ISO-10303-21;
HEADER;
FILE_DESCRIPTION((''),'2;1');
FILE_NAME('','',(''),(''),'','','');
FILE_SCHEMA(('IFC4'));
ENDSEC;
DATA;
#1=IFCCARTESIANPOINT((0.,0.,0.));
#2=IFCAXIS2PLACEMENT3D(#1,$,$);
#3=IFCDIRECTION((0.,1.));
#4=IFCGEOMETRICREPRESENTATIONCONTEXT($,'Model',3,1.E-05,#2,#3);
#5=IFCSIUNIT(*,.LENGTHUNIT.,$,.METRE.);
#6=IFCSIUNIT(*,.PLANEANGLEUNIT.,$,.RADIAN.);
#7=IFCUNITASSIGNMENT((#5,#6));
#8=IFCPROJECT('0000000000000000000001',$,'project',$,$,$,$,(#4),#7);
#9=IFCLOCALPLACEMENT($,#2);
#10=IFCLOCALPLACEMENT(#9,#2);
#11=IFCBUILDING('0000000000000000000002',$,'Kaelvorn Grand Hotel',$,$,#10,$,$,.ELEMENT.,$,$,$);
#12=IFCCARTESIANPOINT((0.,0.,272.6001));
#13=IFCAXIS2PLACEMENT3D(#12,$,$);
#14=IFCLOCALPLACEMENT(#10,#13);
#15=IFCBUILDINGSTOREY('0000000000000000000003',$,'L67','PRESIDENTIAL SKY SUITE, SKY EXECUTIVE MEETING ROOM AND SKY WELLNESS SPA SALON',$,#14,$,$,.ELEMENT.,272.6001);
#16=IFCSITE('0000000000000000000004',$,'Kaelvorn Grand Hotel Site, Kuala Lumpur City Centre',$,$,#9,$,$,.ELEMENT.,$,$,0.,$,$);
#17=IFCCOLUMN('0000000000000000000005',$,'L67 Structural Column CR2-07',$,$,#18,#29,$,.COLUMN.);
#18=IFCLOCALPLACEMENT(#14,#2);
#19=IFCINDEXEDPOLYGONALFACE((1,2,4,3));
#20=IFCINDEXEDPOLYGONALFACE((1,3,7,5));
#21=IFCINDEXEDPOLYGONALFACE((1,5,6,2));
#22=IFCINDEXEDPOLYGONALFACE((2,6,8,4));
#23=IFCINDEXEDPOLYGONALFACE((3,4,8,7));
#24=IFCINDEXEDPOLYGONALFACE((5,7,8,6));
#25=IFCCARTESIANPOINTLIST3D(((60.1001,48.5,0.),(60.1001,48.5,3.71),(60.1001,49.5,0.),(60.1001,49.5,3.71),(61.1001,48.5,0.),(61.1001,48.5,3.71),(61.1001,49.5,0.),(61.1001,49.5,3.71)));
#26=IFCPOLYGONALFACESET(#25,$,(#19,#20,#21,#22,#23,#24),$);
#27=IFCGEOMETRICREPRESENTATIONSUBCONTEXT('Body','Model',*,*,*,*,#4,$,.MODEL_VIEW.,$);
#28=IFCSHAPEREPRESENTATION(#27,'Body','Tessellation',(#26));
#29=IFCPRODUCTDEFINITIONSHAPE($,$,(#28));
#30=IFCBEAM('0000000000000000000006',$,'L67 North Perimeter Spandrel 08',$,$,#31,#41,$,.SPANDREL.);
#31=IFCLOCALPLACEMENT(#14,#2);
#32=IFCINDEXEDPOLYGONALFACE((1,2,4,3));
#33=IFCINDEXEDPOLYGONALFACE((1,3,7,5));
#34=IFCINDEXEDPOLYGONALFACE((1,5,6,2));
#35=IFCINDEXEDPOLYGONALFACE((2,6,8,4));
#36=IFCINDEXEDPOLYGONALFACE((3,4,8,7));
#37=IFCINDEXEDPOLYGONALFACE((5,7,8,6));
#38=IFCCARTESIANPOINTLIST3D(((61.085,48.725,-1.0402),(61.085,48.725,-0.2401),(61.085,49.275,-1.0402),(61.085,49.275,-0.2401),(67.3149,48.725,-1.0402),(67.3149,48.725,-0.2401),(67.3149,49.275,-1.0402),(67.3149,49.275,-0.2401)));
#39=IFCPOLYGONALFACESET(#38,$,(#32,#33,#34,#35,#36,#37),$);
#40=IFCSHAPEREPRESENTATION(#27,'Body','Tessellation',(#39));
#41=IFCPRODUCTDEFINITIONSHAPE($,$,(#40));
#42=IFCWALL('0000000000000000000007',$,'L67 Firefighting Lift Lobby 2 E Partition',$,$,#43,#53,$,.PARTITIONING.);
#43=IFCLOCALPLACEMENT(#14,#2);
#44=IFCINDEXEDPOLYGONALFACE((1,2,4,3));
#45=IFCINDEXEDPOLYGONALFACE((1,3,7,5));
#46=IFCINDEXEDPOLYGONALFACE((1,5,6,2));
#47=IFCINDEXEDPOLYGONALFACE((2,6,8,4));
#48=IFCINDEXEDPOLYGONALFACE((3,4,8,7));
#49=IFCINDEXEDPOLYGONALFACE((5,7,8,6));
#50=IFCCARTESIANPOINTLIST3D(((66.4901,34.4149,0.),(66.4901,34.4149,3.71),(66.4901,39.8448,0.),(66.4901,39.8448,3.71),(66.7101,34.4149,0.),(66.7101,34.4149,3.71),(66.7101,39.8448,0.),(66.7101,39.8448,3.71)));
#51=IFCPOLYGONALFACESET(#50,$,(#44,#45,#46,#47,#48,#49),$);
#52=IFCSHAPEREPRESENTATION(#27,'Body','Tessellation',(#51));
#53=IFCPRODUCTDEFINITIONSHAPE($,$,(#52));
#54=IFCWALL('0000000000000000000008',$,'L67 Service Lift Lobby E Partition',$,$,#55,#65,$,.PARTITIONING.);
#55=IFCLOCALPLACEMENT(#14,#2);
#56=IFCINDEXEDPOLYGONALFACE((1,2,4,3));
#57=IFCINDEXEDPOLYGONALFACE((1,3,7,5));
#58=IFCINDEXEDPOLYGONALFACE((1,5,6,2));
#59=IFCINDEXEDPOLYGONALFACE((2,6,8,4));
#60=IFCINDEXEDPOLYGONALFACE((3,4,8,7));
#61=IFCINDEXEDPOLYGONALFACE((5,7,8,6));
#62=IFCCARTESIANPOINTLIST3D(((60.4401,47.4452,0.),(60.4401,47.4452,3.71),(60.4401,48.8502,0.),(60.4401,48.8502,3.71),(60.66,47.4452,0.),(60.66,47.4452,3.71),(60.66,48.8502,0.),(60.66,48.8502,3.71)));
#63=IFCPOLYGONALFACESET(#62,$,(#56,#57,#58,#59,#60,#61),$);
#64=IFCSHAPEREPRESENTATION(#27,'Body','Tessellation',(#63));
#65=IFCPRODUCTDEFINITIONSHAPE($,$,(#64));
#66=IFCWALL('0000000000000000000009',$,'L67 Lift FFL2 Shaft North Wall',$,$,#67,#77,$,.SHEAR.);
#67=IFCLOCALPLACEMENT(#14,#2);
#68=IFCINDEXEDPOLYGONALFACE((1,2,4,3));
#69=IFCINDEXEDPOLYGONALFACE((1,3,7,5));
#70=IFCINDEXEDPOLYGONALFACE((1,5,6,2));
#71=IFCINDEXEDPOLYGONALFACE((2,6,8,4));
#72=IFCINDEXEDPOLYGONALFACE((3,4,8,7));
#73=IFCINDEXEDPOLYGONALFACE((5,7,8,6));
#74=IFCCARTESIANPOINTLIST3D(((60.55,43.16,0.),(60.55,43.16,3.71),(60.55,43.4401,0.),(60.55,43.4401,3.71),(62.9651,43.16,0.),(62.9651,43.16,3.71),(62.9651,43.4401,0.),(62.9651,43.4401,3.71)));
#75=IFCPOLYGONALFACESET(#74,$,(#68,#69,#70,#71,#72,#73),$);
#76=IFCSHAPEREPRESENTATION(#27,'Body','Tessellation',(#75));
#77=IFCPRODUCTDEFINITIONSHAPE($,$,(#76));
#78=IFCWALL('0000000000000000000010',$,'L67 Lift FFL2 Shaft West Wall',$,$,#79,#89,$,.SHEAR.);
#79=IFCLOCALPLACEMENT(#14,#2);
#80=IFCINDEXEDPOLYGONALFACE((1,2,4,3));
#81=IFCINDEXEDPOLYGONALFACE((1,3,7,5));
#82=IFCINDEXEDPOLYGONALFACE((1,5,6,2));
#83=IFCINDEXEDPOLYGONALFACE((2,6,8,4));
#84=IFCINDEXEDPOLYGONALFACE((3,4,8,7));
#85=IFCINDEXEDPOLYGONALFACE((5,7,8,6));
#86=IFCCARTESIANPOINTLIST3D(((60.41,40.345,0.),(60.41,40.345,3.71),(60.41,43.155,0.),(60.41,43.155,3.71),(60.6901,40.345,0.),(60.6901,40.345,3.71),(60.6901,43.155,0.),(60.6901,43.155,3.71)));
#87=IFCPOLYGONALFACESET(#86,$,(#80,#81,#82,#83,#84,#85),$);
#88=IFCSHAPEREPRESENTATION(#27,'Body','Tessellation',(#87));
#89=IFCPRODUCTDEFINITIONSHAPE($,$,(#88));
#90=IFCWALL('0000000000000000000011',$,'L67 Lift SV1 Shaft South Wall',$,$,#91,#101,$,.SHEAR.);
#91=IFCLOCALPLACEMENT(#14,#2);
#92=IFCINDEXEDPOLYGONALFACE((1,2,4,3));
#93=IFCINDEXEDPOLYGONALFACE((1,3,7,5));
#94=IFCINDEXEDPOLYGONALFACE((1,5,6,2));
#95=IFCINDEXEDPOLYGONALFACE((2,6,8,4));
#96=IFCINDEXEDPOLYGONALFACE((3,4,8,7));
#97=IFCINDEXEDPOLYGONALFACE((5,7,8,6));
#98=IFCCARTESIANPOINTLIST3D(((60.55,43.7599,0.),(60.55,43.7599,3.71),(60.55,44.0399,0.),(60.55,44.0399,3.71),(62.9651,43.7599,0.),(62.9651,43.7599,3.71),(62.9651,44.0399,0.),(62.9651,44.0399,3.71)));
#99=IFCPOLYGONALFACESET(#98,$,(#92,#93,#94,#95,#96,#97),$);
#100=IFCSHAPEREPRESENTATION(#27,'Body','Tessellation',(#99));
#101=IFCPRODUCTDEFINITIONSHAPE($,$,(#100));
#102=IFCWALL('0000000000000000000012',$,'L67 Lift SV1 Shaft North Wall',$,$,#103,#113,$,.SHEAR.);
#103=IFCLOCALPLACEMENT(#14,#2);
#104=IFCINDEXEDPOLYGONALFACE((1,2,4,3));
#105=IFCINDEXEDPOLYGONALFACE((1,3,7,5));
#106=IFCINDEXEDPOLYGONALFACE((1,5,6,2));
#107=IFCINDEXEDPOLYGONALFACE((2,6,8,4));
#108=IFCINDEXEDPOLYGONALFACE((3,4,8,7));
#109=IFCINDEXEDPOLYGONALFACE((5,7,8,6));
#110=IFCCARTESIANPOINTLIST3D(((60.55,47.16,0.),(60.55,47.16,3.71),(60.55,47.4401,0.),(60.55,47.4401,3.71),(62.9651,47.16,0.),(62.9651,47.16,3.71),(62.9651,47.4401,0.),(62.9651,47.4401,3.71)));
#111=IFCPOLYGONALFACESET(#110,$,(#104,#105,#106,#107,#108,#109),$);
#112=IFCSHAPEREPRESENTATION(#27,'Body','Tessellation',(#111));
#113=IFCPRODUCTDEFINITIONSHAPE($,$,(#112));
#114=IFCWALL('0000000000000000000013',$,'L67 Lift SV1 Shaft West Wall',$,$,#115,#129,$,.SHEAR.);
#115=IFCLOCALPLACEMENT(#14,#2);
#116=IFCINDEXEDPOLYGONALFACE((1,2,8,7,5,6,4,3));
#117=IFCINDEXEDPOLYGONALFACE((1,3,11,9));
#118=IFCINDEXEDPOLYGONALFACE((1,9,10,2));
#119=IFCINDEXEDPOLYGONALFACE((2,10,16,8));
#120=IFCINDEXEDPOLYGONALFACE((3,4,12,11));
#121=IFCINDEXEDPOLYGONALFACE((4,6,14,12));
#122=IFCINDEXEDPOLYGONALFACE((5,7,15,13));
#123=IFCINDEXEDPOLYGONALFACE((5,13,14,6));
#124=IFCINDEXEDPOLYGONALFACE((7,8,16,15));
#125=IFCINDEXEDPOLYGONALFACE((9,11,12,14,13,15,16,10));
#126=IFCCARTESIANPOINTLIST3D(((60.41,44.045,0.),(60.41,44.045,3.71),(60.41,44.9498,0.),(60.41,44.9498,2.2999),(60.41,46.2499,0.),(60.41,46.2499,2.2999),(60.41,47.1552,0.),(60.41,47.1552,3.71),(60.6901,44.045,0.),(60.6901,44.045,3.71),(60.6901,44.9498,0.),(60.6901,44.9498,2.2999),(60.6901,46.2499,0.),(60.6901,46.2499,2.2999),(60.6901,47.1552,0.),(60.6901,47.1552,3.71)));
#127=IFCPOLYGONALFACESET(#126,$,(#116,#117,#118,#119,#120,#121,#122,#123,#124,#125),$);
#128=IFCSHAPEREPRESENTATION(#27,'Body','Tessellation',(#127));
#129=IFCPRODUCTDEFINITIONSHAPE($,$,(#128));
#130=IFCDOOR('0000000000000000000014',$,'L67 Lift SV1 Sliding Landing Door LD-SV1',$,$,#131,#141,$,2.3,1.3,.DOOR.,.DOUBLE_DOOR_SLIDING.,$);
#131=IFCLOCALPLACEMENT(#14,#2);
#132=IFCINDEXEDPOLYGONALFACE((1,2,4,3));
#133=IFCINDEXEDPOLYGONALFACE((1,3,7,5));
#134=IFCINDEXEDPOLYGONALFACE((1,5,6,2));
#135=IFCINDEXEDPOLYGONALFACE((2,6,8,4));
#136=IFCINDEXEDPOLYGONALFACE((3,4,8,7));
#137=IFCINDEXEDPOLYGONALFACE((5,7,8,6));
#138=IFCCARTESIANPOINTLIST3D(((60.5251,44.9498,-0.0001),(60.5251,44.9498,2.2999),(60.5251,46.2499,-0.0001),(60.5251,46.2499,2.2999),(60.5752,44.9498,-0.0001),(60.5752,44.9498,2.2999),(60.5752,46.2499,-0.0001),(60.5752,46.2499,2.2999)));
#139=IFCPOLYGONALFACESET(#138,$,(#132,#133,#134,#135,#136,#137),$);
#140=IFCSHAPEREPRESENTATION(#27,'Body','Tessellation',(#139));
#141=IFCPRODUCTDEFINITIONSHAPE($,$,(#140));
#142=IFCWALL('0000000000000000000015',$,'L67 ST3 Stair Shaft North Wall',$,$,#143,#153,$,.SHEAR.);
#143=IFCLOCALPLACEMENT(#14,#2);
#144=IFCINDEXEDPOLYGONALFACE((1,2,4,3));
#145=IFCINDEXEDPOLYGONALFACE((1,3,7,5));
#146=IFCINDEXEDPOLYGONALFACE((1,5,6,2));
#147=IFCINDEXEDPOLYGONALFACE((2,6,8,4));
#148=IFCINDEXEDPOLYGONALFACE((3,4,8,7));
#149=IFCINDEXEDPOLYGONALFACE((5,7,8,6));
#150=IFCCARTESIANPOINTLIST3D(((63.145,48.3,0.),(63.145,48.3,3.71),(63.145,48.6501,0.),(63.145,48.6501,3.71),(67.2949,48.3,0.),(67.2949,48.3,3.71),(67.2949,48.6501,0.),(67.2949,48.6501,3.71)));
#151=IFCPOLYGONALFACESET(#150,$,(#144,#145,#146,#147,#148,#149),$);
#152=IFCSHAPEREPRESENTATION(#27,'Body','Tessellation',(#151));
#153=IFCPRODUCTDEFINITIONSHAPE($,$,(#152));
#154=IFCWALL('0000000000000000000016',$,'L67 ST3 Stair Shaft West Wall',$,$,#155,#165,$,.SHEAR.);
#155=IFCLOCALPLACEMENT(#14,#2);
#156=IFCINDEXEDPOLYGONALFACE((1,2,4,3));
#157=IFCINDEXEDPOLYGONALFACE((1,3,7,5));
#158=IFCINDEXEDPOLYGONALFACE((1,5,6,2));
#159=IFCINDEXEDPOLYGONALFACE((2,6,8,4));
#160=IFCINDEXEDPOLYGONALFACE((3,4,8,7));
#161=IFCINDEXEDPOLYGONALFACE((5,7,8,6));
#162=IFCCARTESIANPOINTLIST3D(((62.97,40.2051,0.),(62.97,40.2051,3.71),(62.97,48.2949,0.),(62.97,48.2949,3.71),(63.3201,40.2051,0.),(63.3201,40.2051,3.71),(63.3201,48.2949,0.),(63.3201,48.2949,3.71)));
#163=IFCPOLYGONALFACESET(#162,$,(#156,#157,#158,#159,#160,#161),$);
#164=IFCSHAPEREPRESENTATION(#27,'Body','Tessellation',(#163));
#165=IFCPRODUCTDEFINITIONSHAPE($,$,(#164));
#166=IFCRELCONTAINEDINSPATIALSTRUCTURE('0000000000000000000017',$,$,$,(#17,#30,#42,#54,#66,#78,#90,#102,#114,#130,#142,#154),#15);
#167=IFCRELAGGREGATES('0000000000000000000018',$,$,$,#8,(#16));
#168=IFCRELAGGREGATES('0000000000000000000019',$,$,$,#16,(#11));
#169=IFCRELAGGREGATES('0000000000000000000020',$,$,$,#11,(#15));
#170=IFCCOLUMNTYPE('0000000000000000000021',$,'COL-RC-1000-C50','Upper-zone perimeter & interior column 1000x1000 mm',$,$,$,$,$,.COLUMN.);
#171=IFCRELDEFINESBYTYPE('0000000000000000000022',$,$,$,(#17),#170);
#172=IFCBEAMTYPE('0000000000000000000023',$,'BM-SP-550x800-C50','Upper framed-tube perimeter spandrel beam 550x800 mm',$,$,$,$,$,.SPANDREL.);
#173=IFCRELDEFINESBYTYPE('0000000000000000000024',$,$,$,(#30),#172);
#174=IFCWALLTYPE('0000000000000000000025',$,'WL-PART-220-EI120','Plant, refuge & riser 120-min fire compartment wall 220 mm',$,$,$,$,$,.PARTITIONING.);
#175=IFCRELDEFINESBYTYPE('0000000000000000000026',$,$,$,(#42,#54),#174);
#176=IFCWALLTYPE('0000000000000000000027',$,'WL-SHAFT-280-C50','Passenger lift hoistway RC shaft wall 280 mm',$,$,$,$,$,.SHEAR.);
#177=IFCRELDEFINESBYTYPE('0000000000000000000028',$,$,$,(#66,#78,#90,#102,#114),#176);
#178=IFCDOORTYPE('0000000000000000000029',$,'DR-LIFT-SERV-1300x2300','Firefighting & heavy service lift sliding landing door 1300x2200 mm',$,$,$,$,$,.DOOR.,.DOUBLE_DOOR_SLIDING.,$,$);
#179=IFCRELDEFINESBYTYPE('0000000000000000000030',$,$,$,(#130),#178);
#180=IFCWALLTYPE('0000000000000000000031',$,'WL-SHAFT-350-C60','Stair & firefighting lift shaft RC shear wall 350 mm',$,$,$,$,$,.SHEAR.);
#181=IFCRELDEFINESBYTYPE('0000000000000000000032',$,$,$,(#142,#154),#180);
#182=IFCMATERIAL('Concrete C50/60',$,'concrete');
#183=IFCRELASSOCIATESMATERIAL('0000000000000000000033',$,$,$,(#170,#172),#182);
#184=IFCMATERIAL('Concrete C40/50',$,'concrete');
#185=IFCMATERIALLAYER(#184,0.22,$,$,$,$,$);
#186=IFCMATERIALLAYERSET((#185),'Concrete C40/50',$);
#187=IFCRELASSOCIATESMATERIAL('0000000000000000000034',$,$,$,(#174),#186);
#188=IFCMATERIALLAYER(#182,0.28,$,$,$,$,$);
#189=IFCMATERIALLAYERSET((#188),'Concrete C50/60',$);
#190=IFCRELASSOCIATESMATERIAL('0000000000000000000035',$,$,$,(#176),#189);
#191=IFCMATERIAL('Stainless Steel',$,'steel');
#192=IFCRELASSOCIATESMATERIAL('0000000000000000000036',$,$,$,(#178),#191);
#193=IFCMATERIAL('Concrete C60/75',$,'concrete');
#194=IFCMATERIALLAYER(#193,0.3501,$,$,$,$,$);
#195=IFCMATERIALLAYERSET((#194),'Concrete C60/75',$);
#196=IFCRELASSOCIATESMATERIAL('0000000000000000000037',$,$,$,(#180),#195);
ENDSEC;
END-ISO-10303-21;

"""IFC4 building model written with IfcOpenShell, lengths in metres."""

from ifc_helpers import new_model, si_unit, direction, frame, frame_2d, origin, origin_2d, place, context, subcontext, project, spatial, rectangle, extrude, material, layer, layer_set, material_profile, profile_set, type_object, element, fill, save


model = new_model("IFC4")

# Units and contexts
model_context = context("Model", 3, precision=1e-05, world=origin(), true_north=direction((0.0, 1.0)))
body_context = subcontext(model_context, "Body", "Model", "MODEL_VIEW")
ifc_project = project(units=[si_unit("LENGTHUNIT", "METRE"), si_unit("PLANEANGLEUNIT", "RADIAN")], contexts=[model_context])

# Site, building, storey
site_placement = place(None, origin())
site = spatial("IfcSite", under=ifc_project, at=site_placement, Name="Kaelvorn Grand Hotel Site, Kuala Lumpur City Centre", CompositionType="ELEMENT", RefElevation=0.0)
building_placement = place(site_placement, origin())
building = spatial("IfcBuilding", under=site, at=building_placement, Name="Kaelvorn Grand Hotel", CompositionType="ELEMENT")
storey_placement = place(building_placement, frame((0.0, 0.0, 272.6001)))
storey = spatial("IfcBuildingStorey", under=building, at=storey_placement, Name="L67", Description="PRESIDENTIAL SKY SUITE, SKY EXECUTIVE MEETING ROOM AND SKY WELLNESS SPA SALON", CompositionType="ELEMENT", Elevation=272.6001)

# Column
ifc_material_1 = material(Name="Concrete C50/60", Category="concrete")
ifc_material_profile_1 = material_profile(ifc_material_1, rectangle(XDim=1.0, YDim=1.0, at=origin_2d()), Name="RC COL 1000x1000")
ifc_profile_set_1 = profile_set([ifc_material_profile_1], Name="Concrete C50/60")
column_type = type_object("IfcColumnType", Name="COL-RC-1000-C50", Description="Upper-zone perimeter & interior column 1000x1000 mm", PredefinedType="COLUMN", material=ifc_profile_set_1)
column_placement = place(storey_placement, frame((60.6001, 49.0, 0.0), z_axis=(0.0, 0.0, 1.0), x_axis=(1.0, 0.0, 0.0)))
element("IfcColumn", 1, at=column_placement, inside=storey, type_object=column_type, Name="L67 Structural Column CR2-07", PredefinedType="COLUMN", context=body_context, shape_type="SweptSolid", body=[
    extrude(rectangle(XDim=1.0, YDim=1.0, at=origin_2d()), origin(), (0.0, 0.0, 1.0), 3.71),
])

# Beam
ifc_material_profile_2 = material_profile(ifc_material_1, rectangle(XDim=0.55, YDim=0.8, at=origin_2d()), Name="RC SPANDREL 550x800")
ifc_profile_set_2 = profile_set([ifc_material_profile_2], Name="Concrete C50/60")
beam_type = type_object("IfcBeamType", Name="BM-SP-550x800-C50", Description="Upper framed-tube perimeter spandrel beam 550x800 mm", PredefinedType="SPANDREL", material=ifc_profile_set_2)
beam_placement = place(storey_placement, frame((61.085, 49.0, -0.6401), z_axis=(1.0, 0.0, 0.0), x_axis=(0.0, 1.0, 0.0)))
element("IfcBeam", 2, at=beam_placement, inside=storey, type_object=beam_type, Name="L67 North Perimeter Spandrel 08", PredefinedType="SPANDREL", context=body_context, shape_type="SweptSolid", body=[
    extrude(rectangle(XDim=0.55, YDim=0.8, at=origin_2d()), origin(), (0.0, 0.0, 1.0), 6.23),
])

# Walls
ifc_material_2 = material(Name="Concrete C40/50", Category="concrete")
ifc_layer_1 = layer(ifc_material_2, 0.22)
ifc_layer_set_1 = layer_set([ifc_layer_1], Name="Concrete C40/50")
wall_type_1 = type_object("IfcWallType", Name="WL-PART-220-EI120", Description="Plant, refuge & riser 120-min fire compartment wall 220 mm", PredefinedType="PARTITIONING", material=ifc_layer_set_1)
wall_1_placement = place(storey_placement, frame((66.6001, 34.415, 0.0), z_axis=(0.0, 0.0, 1.0), x_axis=(0.0, 1.0, 0.0)))
element("IfcWall", 3, at=wall_1_placement, inside=storey, type_object=wall_type_1, Name="L67 Firefighting Lift Lobby 2 E Partition", PredefinedType="PARTITIONING", context=body_context, shape_type="SweptSolid", body=[
    extrude(rectangle(XDim=5.4299, YDim=0.22, at=frame_2d((2.7148, 0.0))), origin(), (0.0, 0.0, 1.0), 3.71),
])
wall_2_placement = place(storey_placement, frame((60.55, 47.4451, 0.0), z_axis=(0.0, 0.0, 1.0), x_axis=(0.0, 1.0, 0.0)))
element("IfcWall", 4, at=wall_2_placement, inside=storey, type_object=wall_type_1, Name="L67 Service Lift Lobby E Partition", PredefinedType="PARTITIONING", context=body_context, shape_type="SweptSolid", body=[
    extrude(rectangle(XDim=1.405, YDim=0.22, at=frame_2d((0.7026, 0.0))), origin(), (0.0, 0.0, 1.0), 3.71),
])
ifc_layer_2 = layer(ifc_material_1, 0.28)
ifc_layer_set_2 = layer_set([ifc_layer_2], Name="Concrete C50/60")
wall_type_2 = type_object("IfcWallType", Name="WL-SHAFT-280-C50", Description="Passenger lift hoistway RC shaft wall 280 mm", PredefinedType="SHEAR", material=ifc_layer_set_2)
wall_3_placement = place(storey_placement, frame((60.55, 43.3, 0.0), z_axis=(0.0, 0.0, 1.0), x_axis=(1.0, 0.0, 0.0)))
element("IfcWall", 5, at=wall_3_placement, inside=storey, type_object=wall_type_2, Name="L67 Lift FFL2 Shaft North Wall", PredefinedType="SHEAR", context=body_context, shape_type="SweptSolid", body=[
    extrude(rectangle(XDim=2.415, YDim=0.28, at=frame_2d((1.2075, 0.0))), origin(), (0.0, 0.0, 1.0), 3.71),
])
wall_4_placement = place(storey_placement, frame((60.55, 40.345, 0.0), z_axis=(0.0, 0.0, 1.0), x_axis=(0.0, 1.0, 0.0)))
element("IfcWall", 6, at=wall_4_placement, inside=storey, type_object=wall_type_2, Name="L67 Lift FFL2 Shaft West Wall", PredefinedType="SHEAR", context=body_context, shape_type="SweptSolid", body=[
    extrude(rectangle(XDim=2.8101, YDim=0.28, at=frame_2d((1.405, 0.0))), origin(), (0.0, 0.0, 1.0), 3.71),
])
for number, where, z_axis, x_axis, name in (
    (7, (60.55, 43.8999, 0.0), (0.0, 0.0, 1.0), (1.0, 0.0, 0.0), "L67 Lift SV1 Shaft South Wall"),
    (8, (60.55, 47.3, 0.0), (0.0, 0.0, 1.0), (1.0, 0.0, 0.0), "L67 Lift SV1 Shaft North Wall"),
):
    element("IfcWall", number, at=place(storey_placement, frame(where, z_axis=z_axis, x_axis=x_axis)), inside=storey, type_object=wall_type_2, Name=name, PredefinedType="SHEAR", context=body_context, shape_type="SweptSolid", body=[
        extrude(rectangle(XDim=2.415, YDim=0.28, at=frame_2d((1.2075, 0.0))), origin(), (0.0, 0.0, 1.0), 3.71),
    ])

# Wall, opening, door
wall_5_placement = place(storey_placement, frame((60.55, 44.0449, 0.0), z_axis=(0.0, 0.0, 1.0), x_axis=(0.0, 1.0, 0.0)))
wall_5 = element("IfcWall", 9, at=wall_5_placement, inside=storey, type_object=wall_type_2, Name="L67 Lift SV1 Shaft West Wall", PredefinedType="SHEAR", context=body_context, shape_type="SweptSolid", body=[
    extrude(rectangle(XDim=3.1101, YDim=0.28, at=frame_2d((1.5552, 0.0))), origin(), (0.0, 0.0, 1.0), 3.71),
])
opening_1_placement = place(wall_5_placement, frame((0.905, 0.0, 0.0)))
opening_1 = element("IfcOpeningElement", 10, at=opening_1_placement, cuts=wall_5, PredefinedType="OPENING", context=body_context, shape_type="SweptSolid", body=[
    extrude(rectangle(XDim=1.3, YDim=2.3, at=frame_2d((0.6499, 1.1499))), frame((0.0, 0.1499, 0.0), z_axis=(0.0, -1.0, 0.0), x_axis=(1.0, 0.0, 0.0)), (0.0, 0.0, 1.0), 0.3),
])
ifc_material_3 = material(Name="Stainless Steel", Category="steel")
door_type_1 = type_object("IfcDoorType", Name="DR-LIFT-SERV-1300x2300", Description="Firefighting & heavy service lift sliding landing door 1300x2200 mm", OperationType="DOUBLE_DOOR_SLIDING", PredefinedType="DOOR", material=ifc_material_3)
door_1_placement = place(opening_1_placement, origin())
door_1 = element("IfcDoor", 11, at=door_1_placement, inside=storey, type_object=door_type_1, Name="L67 Lift SV1 Sliding Landing Door LD-SV1", OperationType="DOUBLE_DOOR_SLIDING", OverallHeight=2.3, OverallWidth=1.3, PredefinedType="DOOR", context=body_context, shape_type="SweptSolid", body=[
    extrude(rectangle(XDim=1.3, YDim=2.3, at=frame_2d((0.6499, 1.1499))), frame((0.0, 0.0249, 0.0), z_axis=(0.0, -1.0, 0.0), x_axis=(1.0, 0.0, 0.0)), (0.0, 0.0, 1.0), 0.05),
])
fill(opening_1, door_1)
ifc_material_4 = material(Name="Concrete C60/75", Category="concrete")
ifc_layer_3 = layer(ifc_material_4, 0.3501)
ifc_layer_set_3 = layer_set([ifc_layer_3], Name="Concrete C60/75")
wall_type_3 = type_object("IfcWallType", Name="WL-SHAFT-350-C60", Description="Stair & firefighting lift shaft RC shear wall 350 mm", PredefinedType="SHEAR", material=ifc_layer_set_3)

# Walls
wall_6_placement = place(storey_placement, frame((63.145, 48.4751, 0.0), z_axis=(0.0, 0.0, 1.0), x_axis=(1.0, 0.0, 0.0)))
element("IfcWall", 12, at=wall_6_placement, inside=storey, type_object=wall_type_3, Name="L67 ST3 Stair Shaft North Wall", PredefinedType="SHEAR", context=body_context, shape_type="SweptSolid", body=[
    extrude(rectangle(XDim=4.1499, YDim=0.3501, at=frame_2d((2.075, 0.0))), origin(), (0.0, 0.0, 1.0), 3.71),
])
wall_7_placement = place(storey_placement, frame((63.145, 40.2051, 0.0), z_axis=(0.0, 0.0, 1.0), x_axis=(0.0, 1.0, 0.0)))
element("IfcWall", 13, at=wall_7_placement, inside=storey, type_object=wall_type_3, Name="L67 ST3 Stair Shaft West Wall", PredefinedType="SHEAR", context=body_context, shape_type="SweptSolid", body=[
    extrude(rectangle(XDim=8.0898, YDim=0.3501, at=frame_2d((4.0449, 0.0))), origin(), (0.0, 0.0, 1.0), 3.71),
])

save(model, "model.ifc")
